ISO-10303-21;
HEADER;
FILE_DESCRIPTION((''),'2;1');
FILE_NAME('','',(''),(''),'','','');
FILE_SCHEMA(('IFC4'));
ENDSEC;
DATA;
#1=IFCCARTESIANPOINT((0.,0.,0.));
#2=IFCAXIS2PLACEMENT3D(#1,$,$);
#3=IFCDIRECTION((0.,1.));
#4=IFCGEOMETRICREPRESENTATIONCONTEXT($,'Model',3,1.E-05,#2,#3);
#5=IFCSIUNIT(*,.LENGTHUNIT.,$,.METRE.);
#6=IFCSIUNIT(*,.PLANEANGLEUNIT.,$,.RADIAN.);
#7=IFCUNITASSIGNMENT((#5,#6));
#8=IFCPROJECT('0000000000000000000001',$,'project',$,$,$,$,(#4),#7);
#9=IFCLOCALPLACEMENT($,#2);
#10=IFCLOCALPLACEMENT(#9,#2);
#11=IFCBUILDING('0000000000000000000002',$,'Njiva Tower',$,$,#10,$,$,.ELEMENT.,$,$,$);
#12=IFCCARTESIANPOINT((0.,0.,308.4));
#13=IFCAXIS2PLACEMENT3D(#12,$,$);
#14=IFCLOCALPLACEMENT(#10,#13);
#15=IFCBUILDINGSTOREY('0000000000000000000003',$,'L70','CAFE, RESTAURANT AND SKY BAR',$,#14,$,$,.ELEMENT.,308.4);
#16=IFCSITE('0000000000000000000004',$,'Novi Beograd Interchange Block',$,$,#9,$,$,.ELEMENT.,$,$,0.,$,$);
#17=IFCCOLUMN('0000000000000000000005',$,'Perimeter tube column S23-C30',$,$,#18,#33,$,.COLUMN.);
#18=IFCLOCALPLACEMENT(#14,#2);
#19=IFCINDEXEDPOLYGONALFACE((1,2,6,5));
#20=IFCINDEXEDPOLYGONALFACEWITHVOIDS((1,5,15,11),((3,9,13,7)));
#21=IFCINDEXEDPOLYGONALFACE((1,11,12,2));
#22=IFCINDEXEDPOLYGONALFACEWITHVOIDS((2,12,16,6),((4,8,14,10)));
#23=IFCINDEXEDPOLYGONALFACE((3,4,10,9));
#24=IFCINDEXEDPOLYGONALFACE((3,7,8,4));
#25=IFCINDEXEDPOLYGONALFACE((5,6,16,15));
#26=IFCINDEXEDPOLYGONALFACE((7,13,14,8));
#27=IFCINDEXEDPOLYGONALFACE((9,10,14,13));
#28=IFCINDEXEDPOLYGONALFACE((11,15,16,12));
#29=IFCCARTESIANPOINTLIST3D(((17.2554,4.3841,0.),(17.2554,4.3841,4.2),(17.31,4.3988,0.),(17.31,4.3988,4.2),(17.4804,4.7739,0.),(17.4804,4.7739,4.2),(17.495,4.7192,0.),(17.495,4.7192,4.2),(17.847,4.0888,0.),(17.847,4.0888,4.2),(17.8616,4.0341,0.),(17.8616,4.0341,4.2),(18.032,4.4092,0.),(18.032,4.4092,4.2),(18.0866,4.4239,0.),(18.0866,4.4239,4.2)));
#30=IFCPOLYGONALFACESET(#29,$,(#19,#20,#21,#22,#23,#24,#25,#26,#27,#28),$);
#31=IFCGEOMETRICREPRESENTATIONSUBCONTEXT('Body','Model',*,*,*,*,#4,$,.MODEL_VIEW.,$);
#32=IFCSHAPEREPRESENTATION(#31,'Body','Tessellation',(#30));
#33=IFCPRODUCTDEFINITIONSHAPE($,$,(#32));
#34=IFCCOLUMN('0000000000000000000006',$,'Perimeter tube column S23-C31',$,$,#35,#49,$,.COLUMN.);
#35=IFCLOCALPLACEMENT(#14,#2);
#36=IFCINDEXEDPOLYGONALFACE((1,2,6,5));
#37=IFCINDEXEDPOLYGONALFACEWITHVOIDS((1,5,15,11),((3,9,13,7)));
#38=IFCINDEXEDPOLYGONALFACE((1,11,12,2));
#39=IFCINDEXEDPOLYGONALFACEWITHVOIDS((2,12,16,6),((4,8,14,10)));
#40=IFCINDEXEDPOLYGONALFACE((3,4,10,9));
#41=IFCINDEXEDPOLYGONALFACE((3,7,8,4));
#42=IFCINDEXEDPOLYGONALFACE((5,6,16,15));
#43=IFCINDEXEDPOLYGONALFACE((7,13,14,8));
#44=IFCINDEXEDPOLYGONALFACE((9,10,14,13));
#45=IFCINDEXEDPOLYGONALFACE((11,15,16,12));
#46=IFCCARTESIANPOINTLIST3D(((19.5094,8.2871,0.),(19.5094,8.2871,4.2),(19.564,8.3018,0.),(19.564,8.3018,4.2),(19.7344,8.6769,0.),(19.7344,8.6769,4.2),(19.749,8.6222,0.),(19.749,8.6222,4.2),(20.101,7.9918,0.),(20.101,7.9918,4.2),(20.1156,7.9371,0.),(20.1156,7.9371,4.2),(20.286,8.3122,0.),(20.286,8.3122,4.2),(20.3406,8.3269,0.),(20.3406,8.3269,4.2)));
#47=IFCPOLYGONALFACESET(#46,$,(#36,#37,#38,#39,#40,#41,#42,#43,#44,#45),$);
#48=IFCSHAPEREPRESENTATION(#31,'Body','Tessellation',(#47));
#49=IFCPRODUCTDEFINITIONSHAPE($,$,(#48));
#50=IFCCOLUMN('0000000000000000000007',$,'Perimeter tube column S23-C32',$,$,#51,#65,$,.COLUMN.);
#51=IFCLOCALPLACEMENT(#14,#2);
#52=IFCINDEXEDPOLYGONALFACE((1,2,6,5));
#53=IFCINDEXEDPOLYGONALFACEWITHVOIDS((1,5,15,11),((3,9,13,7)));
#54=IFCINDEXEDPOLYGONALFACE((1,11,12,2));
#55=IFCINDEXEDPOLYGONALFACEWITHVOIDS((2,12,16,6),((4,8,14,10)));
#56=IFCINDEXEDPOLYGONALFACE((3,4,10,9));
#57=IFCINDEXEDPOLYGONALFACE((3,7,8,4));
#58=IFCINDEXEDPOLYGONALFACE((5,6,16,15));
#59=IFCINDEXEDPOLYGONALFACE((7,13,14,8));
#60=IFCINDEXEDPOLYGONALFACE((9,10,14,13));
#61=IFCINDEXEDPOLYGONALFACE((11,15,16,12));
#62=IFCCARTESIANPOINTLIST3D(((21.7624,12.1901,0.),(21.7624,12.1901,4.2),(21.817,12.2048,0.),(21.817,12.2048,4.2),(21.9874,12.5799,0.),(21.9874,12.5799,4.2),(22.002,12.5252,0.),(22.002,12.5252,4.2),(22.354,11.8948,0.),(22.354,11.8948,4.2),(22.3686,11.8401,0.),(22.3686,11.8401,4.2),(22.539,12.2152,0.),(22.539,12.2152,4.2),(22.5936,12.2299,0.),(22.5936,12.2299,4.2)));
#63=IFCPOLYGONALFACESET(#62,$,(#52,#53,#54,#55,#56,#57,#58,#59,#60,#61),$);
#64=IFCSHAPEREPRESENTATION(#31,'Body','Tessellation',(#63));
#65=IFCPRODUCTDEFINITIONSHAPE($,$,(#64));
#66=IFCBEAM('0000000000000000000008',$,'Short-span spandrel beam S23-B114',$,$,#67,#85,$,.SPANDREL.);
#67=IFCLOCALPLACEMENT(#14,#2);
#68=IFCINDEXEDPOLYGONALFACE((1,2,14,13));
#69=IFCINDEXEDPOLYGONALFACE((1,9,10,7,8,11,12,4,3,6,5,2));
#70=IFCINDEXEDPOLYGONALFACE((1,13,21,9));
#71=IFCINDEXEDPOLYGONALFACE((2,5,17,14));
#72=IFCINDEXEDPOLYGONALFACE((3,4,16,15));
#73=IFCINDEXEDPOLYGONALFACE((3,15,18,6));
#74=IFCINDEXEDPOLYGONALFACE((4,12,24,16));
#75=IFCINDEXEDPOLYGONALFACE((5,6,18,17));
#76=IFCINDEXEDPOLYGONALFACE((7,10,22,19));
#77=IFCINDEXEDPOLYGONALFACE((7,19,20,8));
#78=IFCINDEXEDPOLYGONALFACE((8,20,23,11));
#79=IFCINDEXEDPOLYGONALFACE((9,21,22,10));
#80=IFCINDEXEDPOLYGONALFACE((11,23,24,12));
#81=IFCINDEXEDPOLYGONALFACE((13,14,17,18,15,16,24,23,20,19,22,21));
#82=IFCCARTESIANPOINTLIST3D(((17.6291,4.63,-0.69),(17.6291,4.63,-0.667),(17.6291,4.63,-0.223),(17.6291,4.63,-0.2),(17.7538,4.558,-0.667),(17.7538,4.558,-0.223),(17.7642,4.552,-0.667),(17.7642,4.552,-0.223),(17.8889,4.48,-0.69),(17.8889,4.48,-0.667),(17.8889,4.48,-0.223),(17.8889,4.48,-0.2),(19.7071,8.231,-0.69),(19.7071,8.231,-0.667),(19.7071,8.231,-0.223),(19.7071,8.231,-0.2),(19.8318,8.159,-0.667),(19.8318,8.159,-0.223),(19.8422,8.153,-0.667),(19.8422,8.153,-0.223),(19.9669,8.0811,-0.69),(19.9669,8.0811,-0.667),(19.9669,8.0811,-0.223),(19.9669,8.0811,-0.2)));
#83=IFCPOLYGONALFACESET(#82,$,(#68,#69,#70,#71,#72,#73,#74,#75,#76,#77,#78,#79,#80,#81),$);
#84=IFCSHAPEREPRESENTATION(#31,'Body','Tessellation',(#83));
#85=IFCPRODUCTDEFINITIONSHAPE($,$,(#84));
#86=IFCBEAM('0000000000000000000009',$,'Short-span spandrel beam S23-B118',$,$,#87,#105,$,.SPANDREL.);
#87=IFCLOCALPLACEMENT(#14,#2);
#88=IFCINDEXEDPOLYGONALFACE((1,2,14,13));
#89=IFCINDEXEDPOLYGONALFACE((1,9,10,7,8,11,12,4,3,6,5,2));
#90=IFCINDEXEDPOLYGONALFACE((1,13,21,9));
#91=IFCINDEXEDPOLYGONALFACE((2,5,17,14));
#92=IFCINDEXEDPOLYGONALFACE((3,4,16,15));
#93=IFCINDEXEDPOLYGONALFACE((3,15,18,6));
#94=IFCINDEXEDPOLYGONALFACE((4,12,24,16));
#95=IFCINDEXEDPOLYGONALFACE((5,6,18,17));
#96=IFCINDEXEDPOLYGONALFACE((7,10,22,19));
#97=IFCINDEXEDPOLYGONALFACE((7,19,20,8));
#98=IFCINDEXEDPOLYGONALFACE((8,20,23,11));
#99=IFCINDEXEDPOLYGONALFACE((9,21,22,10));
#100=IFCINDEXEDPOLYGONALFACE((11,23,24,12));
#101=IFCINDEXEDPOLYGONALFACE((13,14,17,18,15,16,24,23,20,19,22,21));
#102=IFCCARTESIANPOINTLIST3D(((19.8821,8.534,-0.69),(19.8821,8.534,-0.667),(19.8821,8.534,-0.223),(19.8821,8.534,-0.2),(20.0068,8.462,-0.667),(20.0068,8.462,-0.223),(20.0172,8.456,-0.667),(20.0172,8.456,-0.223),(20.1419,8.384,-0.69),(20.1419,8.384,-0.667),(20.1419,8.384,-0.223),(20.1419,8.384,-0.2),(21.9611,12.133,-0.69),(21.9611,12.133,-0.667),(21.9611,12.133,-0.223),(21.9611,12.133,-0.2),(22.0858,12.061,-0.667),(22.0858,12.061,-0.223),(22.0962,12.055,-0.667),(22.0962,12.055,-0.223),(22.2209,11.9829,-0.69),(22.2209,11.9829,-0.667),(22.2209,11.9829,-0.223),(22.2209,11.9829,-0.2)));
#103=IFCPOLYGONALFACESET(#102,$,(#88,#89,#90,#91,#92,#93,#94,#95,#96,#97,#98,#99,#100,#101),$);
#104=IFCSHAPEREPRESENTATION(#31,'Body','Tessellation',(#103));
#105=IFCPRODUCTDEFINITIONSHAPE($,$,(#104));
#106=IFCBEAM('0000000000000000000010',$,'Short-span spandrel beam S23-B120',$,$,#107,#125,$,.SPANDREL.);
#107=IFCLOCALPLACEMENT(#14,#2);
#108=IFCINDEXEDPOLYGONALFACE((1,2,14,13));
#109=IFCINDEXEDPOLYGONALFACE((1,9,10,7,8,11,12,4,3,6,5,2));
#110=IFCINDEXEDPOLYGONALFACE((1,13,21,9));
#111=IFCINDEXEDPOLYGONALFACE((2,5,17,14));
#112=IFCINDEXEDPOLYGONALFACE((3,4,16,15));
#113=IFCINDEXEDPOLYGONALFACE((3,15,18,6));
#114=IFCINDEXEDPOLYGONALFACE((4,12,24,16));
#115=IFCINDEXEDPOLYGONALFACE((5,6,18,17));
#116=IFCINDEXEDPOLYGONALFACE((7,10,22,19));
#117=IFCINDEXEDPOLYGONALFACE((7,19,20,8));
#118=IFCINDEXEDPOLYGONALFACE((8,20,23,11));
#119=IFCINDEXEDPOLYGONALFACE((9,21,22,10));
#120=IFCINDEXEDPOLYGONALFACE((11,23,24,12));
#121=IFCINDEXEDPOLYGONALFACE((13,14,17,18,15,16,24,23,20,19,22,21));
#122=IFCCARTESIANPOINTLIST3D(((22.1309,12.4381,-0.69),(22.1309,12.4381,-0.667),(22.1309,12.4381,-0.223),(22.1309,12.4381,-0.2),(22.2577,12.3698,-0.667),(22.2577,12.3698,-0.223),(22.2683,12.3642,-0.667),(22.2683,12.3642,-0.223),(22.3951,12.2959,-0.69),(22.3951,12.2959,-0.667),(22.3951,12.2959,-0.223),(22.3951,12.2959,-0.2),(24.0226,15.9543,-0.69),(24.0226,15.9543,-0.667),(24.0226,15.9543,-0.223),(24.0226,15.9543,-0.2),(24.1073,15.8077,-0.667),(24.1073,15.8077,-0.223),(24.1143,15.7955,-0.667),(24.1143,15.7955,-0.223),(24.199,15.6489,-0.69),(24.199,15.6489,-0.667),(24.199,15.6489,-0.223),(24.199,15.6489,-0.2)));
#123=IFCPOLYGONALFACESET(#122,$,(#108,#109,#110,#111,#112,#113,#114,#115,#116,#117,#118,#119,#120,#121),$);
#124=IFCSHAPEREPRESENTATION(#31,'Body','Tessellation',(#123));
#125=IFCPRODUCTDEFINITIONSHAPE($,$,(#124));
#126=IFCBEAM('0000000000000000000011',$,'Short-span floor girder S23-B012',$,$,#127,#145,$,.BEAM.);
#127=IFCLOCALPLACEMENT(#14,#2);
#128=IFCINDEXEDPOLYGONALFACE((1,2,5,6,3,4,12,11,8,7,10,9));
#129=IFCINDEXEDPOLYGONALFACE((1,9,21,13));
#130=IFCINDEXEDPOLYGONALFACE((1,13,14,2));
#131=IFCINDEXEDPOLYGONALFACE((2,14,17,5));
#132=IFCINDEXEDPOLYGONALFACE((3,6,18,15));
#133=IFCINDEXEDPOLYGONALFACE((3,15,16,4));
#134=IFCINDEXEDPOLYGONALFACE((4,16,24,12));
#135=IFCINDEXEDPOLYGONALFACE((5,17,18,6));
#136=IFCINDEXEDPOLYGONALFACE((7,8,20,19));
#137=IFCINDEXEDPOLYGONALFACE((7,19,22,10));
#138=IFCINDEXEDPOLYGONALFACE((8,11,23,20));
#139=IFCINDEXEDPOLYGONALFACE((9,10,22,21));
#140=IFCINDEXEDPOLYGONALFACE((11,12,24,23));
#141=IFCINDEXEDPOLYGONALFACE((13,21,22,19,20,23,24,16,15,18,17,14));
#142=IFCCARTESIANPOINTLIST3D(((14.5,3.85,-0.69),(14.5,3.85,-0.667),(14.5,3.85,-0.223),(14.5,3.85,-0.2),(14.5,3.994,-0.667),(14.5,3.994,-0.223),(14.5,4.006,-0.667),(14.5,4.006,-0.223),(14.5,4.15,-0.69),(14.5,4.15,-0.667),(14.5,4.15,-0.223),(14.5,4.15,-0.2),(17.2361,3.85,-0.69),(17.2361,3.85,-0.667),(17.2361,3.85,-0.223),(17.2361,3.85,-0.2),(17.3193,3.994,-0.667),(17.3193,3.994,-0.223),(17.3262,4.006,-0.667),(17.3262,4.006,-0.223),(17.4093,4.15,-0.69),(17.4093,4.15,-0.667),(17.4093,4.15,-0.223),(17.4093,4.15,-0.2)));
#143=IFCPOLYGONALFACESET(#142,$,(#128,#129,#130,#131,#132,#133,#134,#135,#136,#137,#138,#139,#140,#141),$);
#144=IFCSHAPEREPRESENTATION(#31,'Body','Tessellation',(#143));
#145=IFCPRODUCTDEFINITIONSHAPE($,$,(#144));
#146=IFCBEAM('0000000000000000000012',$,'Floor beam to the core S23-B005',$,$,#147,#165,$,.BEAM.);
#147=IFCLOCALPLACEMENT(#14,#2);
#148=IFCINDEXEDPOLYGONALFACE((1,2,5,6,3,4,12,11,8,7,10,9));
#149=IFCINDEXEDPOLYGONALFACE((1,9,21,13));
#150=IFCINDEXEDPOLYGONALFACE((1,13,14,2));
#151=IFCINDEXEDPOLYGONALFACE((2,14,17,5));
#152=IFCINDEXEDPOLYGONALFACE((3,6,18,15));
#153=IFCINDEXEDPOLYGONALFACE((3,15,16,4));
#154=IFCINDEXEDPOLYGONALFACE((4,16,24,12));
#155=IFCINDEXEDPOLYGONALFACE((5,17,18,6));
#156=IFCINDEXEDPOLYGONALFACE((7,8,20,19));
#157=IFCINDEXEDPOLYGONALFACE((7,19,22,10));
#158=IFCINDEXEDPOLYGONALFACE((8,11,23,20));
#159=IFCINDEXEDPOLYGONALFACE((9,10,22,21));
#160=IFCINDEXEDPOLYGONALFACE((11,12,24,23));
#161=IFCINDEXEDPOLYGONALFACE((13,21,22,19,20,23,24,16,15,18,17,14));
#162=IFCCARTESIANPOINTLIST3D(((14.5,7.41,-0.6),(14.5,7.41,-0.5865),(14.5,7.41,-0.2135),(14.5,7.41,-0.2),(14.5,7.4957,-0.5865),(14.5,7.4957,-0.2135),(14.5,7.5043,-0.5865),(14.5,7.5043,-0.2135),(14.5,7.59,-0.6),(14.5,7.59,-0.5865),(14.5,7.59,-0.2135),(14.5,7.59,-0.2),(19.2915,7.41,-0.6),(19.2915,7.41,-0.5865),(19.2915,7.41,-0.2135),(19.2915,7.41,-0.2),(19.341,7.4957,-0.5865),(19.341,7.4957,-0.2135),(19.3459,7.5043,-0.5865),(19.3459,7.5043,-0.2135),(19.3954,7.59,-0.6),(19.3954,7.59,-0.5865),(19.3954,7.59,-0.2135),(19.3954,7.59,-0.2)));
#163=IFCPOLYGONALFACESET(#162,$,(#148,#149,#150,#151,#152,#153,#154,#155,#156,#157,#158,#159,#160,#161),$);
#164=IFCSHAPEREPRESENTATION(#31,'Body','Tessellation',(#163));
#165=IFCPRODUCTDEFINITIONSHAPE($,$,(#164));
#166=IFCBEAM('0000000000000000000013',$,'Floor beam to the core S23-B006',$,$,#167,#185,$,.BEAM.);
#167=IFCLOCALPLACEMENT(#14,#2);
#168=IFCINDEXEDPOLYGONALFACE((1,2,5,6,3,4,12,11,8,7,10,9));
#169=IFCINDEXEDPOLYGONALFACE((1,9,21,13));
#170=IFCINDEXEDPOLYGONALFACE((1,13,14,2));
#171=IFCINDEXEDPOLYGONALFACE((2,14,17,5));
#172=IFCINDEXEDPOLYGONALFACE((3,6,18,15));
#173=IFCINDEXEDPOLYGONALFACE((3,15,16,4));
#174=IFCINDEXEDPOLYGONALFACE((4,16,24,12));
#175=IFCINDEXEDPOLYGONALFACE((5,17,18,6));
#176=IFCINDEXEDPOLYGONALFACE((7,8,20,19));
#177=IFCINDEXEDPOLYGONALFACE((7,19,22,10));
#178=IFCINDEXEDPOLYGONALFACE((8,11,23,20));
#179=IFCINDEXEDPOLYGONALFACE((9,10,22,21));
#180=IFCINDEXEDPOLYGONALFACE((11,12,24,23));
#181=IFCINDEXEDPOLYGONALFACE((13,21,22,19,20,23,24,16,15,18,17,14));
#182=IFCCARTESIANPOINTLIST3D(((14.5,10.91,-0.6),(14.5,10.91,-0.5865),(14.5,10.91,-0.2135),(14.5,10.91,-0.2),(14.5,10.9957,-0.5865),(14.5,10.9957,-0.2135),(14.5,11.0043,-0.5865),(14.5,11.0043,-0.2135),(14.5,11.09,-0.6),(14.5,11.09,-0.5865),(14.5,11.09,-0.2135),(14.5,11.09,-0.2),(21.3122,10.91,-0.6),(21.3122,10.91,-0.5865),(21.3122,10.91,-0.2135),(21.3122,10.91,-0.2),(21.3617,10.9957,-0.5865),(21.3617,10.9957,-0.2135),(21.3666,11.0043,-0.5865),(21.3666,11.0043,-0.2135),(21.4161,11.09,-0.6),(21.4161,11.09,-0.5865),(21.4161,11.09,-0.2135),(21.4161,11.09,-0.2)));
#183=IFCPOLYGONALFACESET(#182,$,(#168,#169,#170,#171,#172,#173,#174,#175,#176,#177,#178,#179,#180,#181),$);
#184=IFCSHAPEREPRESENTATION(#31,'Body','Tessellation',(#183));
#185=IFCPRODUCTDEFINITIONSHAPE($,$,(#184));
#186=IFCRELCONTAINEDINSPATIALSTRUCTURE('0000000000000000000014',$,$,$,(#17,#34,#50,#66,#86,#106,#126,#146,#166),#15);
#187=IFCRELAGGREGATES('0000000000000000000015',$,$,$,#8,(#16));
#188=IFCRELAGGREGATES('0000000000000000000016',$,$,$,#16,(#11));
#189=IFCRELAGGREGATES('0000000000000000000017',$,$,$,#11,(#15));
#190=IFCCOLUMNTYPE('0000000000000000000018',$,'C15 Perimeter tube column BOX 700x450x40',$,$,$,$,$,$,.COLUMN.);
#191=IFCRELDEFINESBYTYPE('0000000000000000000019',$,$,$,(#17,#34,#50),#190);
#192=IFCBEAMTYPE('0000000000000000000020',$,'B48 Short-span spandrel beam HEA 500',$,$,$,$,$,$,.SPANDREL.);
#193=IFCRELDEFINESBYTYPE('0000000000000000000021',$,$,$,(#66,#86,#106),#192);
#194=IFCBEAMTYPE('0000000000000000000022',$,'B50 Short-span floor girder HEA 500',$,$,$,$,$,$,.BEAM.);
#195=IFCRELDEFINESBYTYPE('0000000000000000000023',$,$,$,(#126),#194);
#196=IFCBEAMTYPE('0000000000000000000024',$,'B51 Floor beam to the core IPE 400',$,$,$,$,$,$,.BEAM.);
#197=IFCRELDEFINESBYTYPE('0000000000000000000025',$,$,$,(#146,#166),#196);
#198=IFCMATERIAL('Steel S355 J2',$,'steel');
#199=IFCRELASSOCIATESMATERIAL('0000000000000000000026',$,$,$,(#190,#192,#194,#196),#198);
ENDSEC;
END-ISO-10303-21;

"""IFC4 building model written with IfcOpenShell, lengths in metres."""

from ifc_helpers import new_model, si_unit, direction, frame, origin, origin_2d, place, context, subcontext, project, spatial, hollow_rectangle, i_section, extrude, clip, halfspace, material, material_profile, profile_set, type_object, element, save


model = new_model("IFC4")

# Units and contexts
model_context = context("Model", 3, precision=1e-05, world=origin(), true_north=direction((0.0, 1.0)))
body_context = subcontext(model_context, "Body", "Model", "MODEL_VIEW")
ifc_project = project(units=[si_unit("LENGTHUNIT", "METRE"), si_unit("PLANEANGLEUNIT", "RADIAN")], contexts=[model_context])

# Site, building, storey
site_placement = place(None, origin())
site = spatial("IfcSite", under=ifc_project, at=site_placement, Name="Novi Beograd Interchange Block", CompositionType="ELEMENT", RefElevation=0.0)
building_placement = place(site_placement, origin())
building = spatial("IfcBuilding", under=site, at=building_placement, Name="Njiva Tower", CompositionType="ELEMENT")
storey_placement = place(building_placement, frame((0.0, 0.0, 308.4)))
storey = spatial("IfcBuildingStorey", under=building, at=storey_placement, Name="L70", Description="CAFE, RESTAURANT AND SKY BAR", CompositionType="ELEMENT", Elevation=308.4)

# Columns
ifc_material_1 = material(Name="Steel S355 J2", Category="steel")
ifc_material_profile_1 = material_profile(ifc_material_1, hollow_rectangle(XDim=0.45, YDim=0.7, WallThickness=0.04, at=origin_2d()), Name="BOX 700x450x40")
ifc_profile_set_1 = profile_set([ifc_material_profile_1], Name="Steel S355 J2")
column_type = type_object("IfcColumnType", Name="C15 Perimeter tube column BOX 700x450x40", PredefinedType="COLUMN", material=ifc_profile_set_1)
for number, where, z_axis, x_axis, name in (
    (1, (17.671, 4.404, 0.0), (0.0, 0.0, 1.0), (0.5, 0.866025, 0.0), "Perimeter tube column S23-C30"),
    (2, (19.925, 8.307, 0.0), (0.0, 0.0, 1.0), (0.5, 0.866025, 0.0), "Perimeter tube column S23-C31"),
    (3, (22.178, 12.21, 0.0), (0.0, 0.0, 1.0), (0.5, 0.866025, 0.0), "Perimeter tube column S23-C32"),
):
    element("IfcColumn", number, at=place(storey_placement, frame(where, z_axis=z_axis, x_axis=x_axis)), inside=storey, type_object=column_type, Name=name, PredefinedType="COLUMN", context=body_context, shape_type="SweptSolid", body=[
        extrude(hollow_rectangle(XDim=0.45, YDim=0.7, WallThickness=0.04, at=origin_2d()), origin(), (0.0, 0.0, 1.0), 4.2),
    ])

# Beams
ifc_material_profile_2 = material_profile(ifc_material_1, i_section(OverallWidth=0.3, OverallDepth=0.49, WebThickness=0.012, FlangeThickness=0.023, at=origin_2d()), Name="HEA 500")
ifc_profile_set_2 = profile_set([ifc_material_profile_2], Name="Steel S355 J2")
beam_type_1 = type_object("IfcBeamType", Name="B48 Short-span spandrel beam HEA 500", PredefinedType="SPANDREL", material=ifc_profile_set_2)
beam_1_placement = place(storey_placement, frame((17.759, 4.555, -0.445), z_axis=(0.499813, 0.866134, 0.0), x_axis=(-0.866134, 0.499813, 0.0)))
element("IfcBeam", 4, at=beam_1_placement, inside=storey, type_object=beam_type_1, Name="Short-span spandrel beam S23-B114", PredefinedType="SPANDREL", context=body_context, shape_type="SweptSolid", body=[
    extrude(i_section(OverallWidth=0.3, OverallDepth=0.49, WebThickness=0.012, FlangeThickness=0.023, at=origin_2d()), origin(), (0.0, 0.0, 1.0), 4.1576),
])
beam_2_placement = place(storey_placement, frame((20.012, 8.459, -0.445), z_axis=(0.500201, 0.865909, 0.0), x_axis=(-0.865909, 0.500201, 0.0)))
element("IfcBeam", 5, at=beam_2_placement, inside=storey, type_object=beam_type_1, Name="Short-span spandrel beam S23-B118", PredefinedType="SPANDREL", context=body_context, shape_type="SweptSolid", body=[
    extrude(i_section(OverallWidth=0.3, OverallDepth=0.49, WebThickness=0.012, FlangeThickness=0.023, at=origin_2d()), origin(), (0.0, 0.0, 1.0), 4.1563),
])
beam_3_placement = place(storey_placement, frame((22.263, 12.367, -0.445), z_axis=(0.473779, 0.880644, 0.0), x_axis=(-0.880644, 0.473779, 0.0)))
element("IfcBeam", 6, at=beam_3_placement, inside=storey, type_object=beam_type_1, Name="Short-span spandrel beam S23-B120", PredefinedType="SPANDREL", context=body_context, shape_type="Clipping", body=[
    clip(extrude(i_section(OverallWidth=0.3, OverallDepth=0.49, WebThickness=0.012, FlangeThickness=0.023, at=origin_2d()), origin(), (0.0, 0.0, 1.0), 4.0136), halfspace(frame((-0.0259, 0.0, 3.8841), z_axis=(-0.525773, 0.0, 0.850625), x_axis=(0.0, 1.0, 0.0)), False)),
])
ifc_material_profile_3 = material_profile(ifc_material_1, i_section(OverallWidth=0.3, OverallDepth=0.49, WebThickness=0.012, FlangeThickness=0.023, at=origin_2d()), Name="HEA 500")
ifc_profile_set_3 = profile_set([ifc_material_profile_3], Name="Steel S355 J2")
beam_type_2 = type_object("IfcBeamType", Name="B50 Short-span floor girder HEA 500", PredefinedType="BEAM", material=ifc_profile_set_3)
beam_4_placement = place(storey_placement, frame((14.5, 4.0, -0.445), z_axis=(1.0, 0.0, 0.0), x_axis=(0.0, 1.0, 0.0)))
element("IfcBeam", 7, at=beam_4_placement, inside=storey, type_object=beam_type_2, Name="Short-span floor girder S23-B012", PredefinedType="BEAM", context=body_context, shape_type="Clipping", body=[
    clip(extrude(i_section(OverallWidth=0.3, OverallDepth=0.49, WebThickness=0.012, FlangeThickness=0.023, at=origin_2d()), origin(), (0.0, 0.0, 1.0), 2.93), halfspace(frame((-0.025, 0.0, 2.8083), z_axis=(-0.499998, 0.0, 0.866027), x_axis=(0.0, 1.0, 0.0)), False)),
])
ifc_material_profile_4 = material_profile(ifc_material_1, i_section(OverallWidth=0.18, OverallDepth=0.4, WebThickness=0.0086, FlangeThickness=0.0135, at=origin_2d()), Name="IPE 400")
ifc_profile_set_4 = profile_set([ifc_material_profile_4], Name="Steel S355 J2")
beam_type_3 = type_object("IfcBeamType", Name="B51 Floor beam to the core IPE 400", PredefinedType="BEAM", material=ifc_profile_set_4)
beam_5_placement = place(storey_placement, frame((14.5, 7.5, -0.4), z_axis=(1.0, 0.0, 0.0), x_axis=(0.0, 1.0, 0.0)))
element("IfcBeam", 8, at=beam_5_placement, inside=storey, type_object=beam_type_3, Name="Floor beam to the core S23-B005", PredefinedType="BEAM", context=body_context, shape_type="Clipping", body=[
    clip(extrude(i_section(OverallWidth=0.18, OverallDepth=0.4, WebThickness=0.0086, FlangeThickness=0.0135, at=origin_2d()), origin(), (0.0, 0.0, 1.0), 4.915), halfspace(frame((-0.025, 0.0, 4.829), z_axis=(-0.499998, 0.0, 0.866027), x_axis=(0.0, 1.0, 0.0)), False)),
])
beam_6_placement = place(storey_placement, frame((14.5, 11.0, -0.4), z_axis=(1.0, 0.0, 0.0), x_axis=(0.0, 1.0, 0.0)))
element("IfcBeam", 9, at=beam_6_placement, inside=storey, type_object=beam_type_3, Name="Floor beam to the core S23-B006", PredefinedType="BEAM", context=body_context, shape_type="Clipping", body=[
    clip(extrude(i_section(OverallWidth=0.18, OverallDepth=0.4, WebThickness=0.0086, FlangeThickness=0.0135, at=origin_2d()), origin(), (0.0, 0.0, 1.0), 6.936), halfspace(frame((-0.025, 0.0, 6.8497), z_axis=(-0.499998, 0.0, 0.866027), x_axis=(0.0, 1.0, 0.0)), False)),
])

save(model, "model.ifc")
